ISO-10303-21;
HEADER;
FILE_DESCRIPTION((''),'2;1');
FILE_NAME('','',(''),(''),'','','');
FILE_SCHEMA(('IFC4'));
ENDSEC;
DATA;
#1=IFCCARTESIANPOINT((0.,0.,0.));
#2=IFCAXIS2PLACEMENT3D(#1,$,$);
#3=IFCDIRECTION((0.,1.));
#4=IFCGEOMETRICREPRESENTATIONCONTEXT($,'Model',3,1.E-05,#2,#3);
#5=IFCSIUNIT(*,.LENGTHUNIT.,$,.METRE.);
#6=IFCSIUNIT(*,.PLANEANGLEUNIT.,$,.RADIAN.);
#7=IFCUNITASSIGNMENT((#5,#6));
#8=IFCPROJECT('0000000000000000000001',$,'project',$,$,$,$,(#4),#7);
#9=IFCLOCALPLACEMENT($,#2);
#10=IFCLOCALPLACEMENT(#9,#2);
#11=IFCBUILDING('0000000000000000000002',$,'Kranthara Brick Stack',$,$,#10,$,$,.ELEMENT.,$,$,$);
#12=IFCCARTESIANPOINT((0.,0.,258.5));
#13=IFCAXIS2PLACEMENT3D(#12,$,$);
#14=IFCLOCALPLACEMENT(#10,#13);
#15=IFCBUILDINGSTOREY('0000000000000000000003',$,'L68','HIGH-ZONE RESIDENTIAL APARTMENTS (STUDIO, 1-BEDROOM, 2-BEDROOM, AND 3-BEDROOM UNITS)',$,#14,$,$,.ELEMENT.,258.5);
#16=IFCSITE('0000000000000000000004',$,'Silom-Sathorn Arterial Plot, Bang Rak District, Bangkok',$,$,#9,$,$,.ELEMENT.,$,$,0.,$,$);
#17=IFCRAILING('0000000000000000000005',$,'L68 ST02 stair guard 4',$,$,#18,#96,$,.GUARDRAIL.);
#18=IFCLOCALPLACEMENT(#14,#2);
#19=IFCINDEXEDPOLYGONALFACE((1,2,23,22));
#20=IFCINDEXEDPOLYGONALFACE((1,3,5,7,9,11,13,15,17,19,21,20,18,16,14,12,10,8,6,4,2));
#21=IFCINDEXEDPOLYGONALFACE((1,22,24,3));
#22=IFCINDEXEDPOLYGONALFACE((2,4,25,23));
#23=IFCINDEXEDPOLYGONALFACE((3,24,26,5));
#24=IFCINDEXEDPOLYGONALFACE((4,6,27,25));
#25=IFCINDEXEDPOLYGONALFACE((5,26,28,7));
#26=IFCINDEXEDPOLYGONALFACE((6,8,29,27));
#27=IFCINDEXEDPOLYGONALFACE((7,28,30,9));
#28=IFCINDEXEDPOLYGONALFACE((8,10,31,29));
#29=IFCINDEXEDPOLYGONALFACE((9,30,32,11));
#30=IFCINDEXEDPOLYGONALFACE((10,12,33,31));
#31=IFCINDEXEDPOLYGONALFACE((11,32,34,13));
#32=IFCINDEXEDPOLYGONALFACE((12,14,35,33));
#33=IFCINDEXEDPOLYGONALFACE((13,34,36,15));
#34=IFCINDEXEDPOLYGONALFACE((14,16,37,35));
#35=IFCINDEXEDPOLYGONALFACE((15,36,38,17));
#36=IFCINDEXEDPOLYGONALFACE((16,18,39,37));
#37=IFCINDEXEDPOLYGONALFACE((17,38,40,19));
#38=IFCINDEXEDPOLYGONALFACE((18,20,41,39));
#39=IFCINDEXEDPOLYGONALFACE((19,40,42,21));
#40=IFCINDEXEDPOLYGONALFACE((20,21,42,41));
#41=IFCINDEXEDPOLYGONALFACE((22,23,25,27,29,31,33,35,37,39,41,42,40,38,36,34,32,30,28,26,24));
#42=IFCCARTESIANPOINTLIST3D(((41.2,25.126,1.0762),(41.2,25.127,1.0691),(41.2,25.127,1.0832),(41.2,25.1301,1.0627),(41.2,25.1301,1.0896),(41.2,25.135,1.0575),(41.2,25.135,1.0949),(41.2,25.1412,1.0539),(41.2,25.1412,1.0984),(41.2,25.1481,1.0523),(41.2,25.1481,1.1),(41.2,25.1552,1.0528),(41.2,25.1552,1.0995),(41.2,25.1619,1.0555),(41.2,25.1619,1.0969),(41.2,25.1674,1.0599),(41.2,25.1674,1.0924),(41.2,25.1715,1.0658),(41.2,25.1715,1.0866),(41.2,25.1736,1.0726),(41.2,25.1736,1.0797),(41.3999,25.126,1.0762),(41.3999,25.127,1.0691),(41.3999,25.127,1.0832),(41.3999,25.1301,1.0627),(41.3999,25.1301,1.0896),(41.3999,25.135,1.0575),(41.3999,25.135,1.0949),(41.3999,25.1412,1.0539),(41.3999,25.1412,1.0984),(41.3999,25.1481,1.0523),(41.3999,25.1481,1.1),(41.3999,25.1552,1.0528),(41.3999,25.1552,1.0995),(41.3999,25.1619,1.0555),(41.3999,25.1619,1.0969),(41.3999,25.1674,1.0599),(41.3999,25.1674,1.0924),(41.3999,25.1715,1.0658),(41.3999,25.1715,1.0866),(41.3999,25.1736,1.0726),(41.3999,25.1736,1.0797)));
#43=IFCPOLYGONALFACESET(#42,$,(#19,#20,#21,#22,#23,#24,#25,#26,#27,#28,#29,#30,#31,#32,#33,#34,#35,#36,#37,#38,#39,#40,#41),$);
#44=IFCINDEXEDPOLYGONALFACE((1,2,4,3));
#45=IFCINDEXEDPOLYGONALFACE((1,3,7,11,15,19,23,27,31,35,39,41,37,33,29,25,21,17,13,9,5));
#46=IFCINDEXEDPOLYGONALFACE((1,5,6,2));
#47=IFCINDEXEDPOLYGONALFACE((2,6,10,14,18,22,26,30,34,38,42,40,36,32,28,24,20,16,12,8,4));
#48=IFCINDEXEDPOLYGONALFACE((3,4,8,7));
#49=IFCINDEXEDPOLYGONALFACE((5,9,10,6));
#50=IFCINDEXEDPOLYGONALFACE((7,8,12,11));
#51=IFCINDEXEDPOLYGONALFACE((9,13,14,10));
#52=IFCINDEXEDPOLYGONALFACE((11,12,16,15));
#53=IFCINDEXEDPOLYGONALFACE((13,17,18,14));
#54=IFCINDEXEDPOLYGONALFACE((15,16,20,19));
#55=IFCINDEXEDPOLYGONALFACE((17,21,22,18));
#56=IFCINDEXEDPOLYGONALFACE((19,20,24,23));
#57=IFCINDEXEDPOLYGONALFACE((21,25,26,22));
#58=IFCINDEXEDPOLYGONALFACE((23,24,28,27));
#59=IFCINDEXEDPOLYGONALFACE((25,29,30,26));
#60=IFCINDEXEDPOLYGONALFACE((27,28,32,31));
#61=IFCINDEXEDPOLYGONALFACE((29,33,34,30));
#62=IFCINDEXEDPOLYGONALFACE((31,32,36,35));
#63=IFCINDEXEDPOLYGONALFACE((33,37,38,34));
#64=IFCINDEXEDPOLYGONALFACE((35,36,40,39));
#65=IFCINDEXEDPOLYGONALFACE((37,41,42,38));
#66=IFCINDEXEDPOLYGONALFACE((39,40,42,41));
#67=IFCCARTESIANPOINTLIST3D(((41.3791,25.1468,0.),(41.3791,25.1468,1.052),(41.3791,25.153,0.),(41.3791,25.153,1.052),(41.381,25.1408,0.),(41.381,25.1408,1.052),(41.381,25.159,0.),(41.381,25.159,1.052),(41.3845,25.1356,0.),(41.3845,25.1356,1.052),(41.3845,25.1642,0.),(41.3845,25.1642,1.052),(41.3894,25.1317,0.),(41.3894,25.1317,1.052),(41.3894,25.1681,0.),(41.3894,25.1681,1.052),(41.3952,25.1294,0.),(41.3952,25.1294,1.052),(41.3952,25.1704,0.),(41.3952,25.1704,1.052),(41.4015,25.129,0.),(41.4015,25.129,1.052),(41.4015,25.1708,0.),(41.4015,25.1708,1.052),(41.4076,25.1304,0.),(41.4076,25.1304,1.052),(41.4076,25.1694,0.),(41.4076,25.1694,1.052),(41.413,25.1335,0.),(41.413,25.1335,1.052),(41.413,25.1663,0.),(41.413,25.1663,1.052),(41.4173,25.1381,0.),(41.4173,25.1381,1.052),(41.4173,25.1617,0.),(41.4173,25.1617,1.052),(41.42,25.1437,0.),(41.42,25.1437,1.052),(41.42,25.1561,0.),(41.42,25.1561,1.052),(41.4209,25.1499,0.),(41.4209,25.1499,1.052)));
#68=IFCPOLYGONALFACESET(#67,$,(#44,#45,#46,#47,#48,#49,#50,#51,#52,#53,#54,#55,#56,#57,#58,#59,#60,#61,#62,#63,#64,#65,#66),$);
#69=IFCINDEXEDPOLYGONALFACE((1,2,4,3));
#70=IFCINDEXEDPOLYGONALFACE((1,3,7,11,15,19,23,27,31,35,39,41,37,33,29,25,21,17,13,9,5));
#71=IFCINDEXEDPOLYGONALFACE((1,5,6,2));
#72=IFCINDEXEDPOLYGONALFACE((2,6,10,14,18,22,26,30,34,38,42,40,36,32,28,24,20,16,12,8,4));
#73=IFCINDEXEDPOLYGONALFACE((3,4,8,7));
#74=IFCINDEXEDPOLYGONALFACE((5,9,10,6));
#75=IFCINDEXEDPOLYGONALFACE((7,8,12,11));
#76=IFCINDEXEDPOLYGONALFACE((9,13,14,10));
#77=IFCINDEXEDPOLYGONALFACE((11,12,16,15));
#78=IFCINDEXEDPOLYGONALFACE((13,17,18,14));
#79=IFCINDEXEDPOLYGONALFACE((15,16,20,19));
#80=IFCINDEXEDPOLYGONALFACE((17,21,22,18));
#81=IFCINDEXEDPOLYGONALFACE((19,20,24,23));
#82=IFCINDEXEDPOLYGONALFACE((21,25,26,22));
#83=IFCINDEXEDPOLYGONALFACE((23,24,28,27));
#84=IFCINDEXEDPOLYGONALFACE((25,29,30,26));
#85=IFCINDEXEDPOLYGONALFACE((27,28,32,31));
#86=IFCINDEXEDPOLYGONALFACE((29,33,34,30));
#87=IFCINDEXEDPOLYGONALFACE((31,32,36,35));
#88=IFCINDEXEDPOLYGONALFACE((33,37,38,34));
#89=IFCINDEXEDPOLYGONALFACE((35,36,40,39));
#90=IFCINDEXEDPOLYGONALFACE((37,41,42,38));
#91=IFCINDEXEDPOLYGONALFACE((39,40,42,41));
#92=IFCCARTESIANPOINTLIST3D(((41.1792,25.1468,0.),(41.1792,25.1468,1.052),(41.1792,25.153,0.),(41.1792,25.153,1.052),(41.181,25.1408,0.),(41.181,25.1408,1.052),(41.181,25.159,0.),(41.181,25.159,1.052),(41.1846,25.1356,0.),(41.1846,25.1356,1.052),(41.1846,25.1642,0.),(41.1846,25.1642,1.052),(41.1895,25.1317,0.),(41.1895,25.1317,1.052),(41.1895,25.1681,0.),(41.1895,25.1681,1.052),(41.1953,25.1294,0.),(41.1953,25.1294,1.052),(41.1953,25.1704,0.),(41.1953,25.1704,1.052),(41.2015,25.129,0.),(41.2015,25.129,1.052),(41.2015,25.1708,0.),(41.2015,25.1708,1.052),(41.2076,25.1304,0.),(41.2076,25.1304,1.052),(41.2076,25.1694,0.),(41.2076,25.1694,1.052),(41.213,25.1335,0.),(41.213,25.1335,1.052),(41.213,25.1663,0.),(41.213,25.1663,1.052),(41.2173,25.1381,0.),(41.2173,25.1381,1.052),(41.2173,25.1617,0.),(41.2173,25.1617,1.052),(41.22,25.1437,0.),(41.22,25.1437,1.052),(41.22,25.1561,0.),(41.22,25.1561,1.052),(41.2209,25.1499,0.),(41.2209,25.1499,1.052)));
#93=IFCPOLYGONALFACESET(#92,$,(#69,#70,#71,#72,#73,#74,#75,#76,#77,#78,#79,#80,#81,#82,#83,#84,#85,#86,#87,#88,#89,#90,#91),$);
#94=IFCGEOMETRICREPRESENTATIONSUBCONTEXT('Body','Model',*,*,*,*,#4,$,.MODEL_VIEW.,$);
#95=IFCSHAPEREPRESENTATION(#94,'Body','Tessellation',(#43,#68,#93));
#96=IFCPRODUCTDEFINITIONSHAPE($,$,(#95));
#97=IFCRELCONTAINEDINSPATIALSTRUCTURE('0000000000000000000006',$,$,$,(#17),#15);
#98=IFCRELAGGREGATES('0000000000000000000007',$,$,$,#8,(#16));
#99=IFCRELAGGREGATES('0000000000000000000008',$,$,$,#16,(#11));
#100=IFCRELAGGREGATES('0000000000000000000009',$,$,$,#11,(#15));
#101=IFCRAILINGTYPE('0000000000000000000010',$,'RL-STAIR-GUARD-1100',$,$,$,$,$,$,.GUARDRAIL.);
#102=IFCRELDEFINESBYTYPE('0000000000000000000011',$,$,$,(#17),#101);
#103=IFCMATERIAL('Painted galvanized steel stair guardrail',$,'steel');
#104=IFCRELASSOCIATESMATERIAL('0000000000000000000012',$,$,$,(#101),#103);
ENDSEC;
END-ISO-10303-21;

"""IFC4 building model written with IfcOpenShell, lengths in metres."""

from ifc_helpers import new_model, si_unit, direction, frame, origin, origin_2d, place, context, subcontext, project, spatial, circle, extrude, material, type_object, element, save


model = new_model("IFC4")

# Units and contexts
model_context = context("Model", 3, precision=1e-05, world=origin(), true_north=direction((0.0, 1.0)))
body_context = subcontext(model_context, "Body", "Model", "MODEL_VIEW")
ifc_project = project(units=[si_unit("LENGTHUNIT", "METRE"), si_unit("PLANEANGLEUNIT", "RADIAN")], contexts=[model_context])

# Site, building, storey
site_placement = place(None, origin())
site = spatial("IfcSite", under=ifc_project, at=site_placement, Name="Silom-Sathorn Arterial Plot, Bang Rak District, Bangkok", CompositionType="ELEMENT", RefElevation=0.0)
building_placement = place(site_placement, origin())
building = spatial("IfcBuilding", under=site, at=building_placement, Name="Kranthara Brick Stack", CompositionType="ELEMENT")
storey_placement = place(building_placement, frame((0.0, 0.0, 258.5)))
storey = spatial("IfcBuildingStorey", under=building, at=storey_placement, Name="L68", Description="HIGH-ZONE RESIDENTIAL APARTMENTS (STUDIO, 1-BEDROOM, 2-BEDROOM, AND 3-BEDROOM UNITS)", CompositionType="ELEMENT", Elevation=258.5)

# Railing
ifc_material_1 = material(Name="Painted galvanized steel stair guardrail", Category="steel")
railing_type_1 = type_object("IfcRailingType", Name="RL-STAIR-GUARD-1100", PredefinedType="GUARDRAIL", material=ifc_material_1)
railing_1_placement = place(storey_placement, frame((41.3999, 25.1499, 0.0)))
element("IfcRailing", 1, at=railing_1_placement, inside=storey, type_object=railing_type_1, Name="L68 ST02 stair guard 4", PredefinedType="GUARDRAIL", context=body_context, shape_type="SweptSolid", body=[
    extrude(circle(Radius=0.0239, at=origin_2d()), frame((0.0, 0.0, 1.0762), z_axis=(-1.0, 0.0, 0.0), x_axis=(0.0, -1.0, 0.0)), (0.0, 0.0, 1.0), 0.2),
    extrude(circle(Radius=0.021, at=origin_2d()), origin(), (0.0, 0.0, 1.0), 1.052),
    extrude(circle(Radius=0.021, at=origin_2d()), frame((-0.2, 0.0, 0.0)), (0.0, 0.0, 1.0), 1.052),
])

save(model, "model.ifc")
